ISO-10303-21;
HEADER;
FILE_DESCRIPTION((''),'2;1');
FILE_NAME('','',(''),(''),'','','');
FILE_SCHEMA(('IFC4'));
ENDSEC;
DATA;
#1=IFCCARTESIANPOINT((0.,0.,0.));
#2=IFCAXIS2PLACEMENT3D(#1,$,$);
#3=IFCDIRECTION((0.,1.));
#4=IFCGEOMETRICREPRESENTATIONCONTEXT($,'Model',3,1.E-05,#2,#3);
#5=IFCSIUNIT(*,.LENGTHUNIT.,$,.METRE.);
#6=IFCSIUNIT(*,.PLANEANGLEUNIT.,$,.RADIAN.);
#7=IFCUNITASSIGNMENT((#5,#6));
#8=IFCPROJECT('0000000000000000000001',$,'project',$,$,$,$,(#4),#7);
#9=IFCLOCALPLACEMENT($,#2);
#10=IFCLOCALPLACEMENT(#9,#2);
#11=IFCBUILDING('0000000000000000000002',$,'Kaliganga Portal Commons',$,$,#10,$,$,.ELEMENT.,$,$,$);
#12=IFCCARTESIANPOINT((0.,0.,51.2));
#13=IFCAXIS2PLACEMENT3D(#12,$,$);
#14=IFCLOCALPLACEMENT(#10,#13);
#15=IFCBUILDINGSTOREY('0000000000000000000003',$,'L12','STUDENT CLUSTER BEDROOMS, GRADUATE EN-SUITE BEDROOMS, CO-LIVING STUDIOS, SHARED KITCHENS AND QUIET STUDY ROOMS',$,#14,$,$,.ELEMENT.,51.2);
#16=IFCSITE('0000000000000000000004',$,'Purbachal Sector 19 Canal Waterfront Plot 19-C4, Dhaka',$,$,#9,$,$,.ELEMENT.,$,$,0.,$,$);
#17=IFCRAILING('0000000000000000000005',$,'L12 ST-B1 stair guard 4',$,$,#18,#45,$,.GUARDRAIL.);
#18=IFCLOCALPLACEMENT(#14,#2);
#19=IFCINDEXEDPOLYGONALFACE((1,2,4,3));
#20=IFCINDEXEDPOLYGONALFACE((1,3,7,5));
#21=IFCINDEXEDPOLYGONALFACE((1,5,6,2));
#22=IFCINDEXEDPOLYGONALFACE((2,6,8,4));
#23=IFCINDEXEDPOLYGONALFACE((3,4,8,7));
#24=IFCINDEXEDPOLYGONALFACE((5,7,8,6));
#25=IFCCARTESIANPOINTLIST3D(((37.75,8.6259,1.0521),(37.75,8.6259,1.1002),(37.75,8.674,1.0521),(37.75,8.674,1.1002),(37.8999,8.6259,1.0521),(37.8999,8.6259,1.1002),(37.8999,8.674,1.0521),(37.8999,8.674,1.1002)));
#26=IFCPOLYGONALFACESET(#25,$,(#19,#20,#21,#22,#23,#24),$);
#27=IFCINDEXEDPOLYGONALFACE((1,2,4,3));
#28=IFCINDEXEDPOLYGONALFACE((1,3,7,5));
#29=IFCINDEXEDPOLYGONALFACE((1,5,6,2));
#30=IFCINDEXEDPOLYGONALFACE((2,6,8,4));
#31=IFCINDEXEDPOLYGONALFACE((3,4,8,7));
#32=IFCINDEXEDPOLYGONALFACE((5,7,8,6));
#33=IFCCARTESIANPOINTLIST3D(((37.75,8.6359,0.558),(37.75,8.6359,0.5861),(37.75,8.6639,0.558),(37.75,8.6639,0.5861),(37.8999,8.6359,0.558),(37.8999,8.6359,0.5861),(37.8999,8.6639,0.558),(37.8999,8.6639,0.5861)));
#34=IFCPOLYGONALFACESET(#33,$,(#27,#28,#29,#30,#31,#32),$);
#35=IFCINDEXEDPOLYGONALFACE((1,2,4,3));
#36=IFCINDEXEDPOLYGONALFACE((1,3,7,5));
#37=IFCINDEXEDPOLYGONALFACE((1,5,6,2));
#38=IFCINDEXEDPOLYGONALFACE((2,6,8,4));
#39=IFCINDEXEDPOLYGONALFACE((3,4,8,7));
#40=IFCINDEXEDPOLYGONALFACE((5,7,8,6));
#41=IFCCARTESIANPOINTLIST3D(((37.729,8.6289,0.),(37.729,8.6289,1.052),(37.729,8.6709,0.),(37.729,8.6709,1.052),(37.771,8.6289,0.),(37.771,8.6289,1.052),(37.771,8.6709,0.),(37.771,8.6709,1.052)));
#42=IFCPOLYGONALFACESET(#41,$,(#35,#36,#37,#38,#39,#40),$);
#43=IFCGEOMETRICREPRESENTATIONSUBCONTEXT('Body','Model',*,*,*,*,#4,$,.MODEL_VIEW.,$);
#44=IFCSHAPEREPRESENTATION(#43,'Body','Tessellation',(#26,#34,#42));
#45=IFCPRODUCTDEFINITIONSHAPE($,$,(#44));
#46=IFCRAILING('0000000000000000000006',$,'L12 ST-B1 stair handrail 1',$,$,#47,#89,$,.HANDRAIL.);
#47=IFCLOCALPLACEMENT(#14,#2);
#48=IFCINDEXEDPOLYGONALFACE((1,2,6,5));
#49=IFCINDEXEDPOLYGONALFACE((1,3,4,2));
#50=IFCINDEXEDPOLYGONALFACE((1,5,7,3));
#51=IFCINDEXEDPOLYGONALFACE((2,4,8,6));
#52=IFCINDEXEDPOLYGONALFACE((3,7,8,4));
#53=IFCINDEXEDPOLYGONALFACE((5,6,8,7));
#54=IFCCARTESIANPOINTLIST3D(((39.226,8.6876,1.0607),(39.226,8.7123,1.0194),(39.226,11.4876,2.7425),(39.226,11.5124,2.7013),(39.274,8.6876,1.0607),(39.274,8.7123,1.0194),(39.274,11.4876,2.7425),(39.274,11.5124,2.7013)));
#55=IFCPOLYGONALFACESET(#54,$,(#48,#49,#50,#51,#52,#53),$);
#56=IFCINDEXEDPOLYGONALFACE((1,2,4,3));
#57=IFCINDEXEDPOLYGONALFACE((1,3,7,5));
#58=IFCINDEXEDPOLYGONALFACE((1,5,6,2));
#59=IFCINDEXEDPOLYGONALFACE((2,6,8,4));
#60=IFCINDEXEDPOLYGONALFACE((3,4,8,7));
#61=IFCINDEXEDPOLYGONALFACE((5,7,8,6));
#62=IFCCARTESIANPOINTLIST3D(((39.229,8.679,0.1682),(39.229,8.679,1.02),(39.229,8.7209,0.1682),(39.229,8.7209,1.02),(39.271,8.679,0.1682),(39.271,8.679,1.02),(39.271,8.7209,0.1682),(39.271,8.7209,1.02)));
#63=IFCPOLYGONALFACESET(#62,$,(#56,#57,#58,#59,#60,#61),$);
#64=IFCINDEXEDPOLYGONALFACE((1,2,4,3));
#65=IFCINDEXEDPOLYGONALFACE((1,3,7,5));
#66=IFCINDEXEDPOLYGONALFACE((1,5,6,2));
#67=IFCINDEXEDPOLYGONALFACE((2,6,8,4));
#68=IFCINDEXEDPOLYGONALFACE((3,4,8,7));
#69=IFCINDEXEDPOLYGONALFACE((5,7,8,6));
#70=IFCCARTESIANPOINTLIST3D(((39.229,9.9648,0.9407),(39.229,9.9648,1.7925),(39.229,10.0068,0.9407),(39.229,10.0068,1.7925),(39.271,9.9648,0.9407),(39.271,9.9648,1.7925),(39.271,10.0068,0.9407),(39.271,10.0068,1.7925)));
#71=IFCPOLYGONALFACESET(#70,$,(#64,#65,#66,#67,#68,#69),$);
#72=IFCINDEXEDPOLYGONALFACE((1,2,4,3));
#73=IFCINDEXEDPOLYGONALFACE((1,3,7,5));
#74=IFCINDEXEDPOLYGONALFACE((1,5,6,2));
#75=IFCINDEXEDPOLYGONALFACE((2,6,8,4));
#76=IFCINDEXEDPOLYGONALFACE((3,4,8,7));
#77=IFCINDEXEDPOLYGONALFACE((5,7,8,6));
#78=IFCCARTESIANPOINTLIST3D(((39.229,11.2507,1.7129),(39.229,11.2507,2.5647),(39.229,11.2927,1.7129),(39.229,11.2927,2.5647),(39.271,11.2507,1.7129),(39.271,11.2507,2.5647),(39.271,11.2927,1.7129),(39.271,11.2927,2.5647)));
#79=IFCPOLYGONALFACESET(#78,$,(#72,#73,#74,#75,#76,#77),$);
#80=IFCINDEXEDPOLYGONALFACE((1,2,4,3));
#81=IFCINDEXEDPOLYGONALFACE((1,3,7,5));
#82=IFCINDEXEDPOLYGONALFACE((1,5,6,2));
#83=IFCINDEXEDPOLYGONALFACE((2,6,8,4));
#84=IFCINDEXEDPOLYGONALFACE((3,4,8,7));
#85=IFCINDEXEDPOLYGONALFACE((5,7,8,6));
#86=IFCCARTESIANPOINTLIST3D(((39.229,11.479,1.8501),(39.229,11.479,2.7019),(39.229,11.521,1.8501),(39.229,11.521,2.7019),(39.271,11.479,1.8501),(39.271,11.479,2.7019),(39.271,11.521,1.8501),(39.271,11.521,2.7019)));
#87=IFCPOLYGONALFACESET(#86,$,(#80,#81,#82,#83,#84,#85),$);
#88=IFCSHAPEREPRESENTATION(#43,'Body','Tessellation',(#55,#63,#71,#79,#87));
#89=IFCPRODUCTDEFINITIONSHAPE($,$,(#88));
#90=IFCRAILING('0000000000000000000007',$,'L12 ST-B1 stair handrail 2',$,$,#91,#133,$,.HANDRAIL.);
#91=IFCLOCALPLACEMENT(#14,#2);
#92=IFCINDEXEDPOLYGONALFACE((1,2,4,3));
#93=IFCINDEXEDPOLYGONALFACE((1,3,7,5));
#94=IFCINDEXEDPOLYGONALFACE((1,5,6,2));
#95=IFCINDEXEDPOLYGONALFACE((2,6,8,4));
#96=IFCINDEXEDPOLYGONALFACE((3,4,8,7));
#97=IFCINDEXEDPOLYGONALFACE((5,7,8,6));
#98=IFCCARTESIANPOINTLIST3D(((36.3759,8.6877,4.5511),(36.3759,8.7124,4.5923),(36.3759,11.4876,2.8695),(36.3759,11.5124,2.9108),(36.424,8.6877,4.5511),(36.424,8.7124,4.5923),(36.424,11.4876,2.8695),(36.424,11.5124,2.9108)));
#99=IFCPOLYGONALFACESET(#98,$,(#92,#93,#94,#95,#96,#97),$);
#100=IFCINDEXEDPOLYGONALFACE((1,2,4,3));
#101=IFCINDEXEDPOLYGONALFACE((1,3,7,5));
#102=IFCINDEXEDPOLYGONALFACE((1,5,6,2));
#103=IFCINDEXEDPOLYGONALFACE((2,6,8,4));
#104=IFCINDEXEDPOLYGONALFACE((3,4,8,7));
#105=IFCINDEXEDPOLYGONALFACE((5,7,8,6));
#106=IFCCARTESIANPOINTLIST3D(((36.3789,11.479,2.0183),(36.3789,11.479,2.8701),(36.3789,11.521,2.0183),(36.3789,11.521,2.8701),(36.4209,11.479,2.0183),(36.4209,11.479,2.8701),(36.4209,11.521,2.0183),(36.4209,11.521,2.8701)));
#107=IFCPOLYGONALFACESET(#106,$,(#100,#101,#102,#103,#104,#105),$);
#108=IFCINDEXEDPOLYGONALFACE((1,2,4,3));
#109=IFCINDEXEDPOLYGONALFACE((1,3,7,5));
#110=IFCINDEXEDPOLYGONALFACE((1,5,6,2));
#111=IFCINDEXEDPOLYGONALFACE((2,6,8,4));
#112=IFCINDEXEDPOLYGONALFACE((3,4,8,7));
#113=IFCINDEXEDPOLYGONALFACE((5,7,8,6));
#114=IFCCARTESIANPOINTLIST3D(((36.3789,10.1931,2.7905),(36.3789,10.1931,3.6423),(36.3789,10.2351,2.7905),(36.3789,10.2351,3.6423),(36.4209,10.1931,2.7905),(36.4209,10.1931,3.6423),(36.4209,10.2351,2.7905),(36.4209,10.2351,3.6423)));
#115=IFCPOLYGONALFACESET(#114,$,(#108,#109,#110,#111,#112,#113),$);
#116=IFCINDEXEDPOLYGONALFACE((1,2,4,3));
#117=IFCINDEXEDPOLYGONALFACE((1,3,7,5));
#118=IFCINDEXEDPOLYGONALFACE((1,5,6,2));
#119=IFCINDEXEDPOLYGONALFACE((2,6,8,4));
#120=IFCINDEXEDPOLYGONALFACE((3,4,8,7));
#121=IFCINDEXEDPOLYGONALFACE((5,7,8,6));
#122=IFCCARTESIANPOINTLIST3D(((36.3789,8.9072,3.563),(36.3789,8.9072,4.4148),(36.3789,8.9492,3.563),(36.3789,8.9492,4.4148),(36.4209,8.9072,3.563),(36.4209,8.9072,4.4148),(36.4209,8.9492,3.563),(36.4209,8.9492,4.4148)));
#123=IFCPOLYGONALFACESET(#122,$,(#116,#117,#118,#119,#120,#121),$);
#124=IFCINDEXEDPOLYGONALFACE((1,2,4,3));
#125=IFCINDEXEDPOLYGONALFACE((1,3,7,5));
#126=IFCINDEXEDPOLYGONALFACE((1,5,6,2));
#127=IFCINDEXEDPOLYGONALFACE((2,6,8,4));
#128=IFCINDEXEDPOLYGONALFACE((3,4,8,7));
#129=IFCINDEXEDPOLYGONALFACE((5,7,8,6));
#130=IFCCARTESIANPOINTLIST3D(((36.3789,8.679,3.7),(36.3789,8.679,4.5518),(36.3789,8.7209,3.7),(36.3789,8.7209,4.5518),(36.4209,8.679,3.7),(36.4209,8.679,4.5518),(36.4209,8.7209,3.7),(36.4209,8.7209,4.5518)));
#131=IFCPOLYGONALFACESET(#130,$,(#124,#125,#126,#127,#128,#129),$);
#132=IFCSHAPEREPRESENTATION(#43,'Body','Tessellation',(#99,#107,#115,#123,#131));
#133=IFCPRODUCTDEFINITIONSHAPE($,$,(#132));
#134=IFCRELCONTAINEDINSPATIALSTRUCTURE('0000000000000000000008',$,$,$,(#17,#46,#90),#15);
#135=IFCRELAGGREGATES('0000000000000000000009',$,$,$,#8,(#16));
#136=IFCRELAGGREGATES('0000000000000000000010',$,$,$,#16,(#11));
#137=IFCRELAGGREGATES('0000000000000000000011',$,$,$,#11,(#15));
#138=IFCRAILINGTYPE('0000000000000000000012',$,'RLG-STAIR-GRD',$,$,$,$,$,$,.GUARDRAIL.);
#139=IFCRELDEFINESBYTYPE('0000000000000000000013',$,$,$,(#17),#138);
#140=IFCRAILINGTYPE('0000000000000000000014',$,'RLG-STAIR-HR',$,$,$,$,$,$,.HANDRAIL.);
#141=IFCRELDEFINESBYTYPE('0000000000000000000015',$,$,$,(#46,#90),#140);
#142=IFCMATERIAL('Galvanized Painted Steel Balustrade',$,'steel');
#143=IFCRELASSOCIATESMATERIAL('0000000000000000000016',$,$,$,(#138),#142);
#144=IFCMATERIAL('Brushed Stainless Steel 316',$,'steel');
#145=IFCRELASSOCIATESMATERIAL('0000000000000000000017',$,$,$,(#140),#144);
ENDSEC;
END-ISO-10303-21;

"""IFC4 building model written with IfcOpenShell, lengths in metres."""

from ifc_helpers import new_model, si_unit, direction, frame, origin, origin_2d, place, context, subcontext, project, spatial, rectangle, extrude, material, type_object, element, save


model = new_model("IFC4")

# Units and contexts
model_context = context("Model", 3, precision=1e-05, world=origin(), true_north=direction((0.0, 1.0)))
body_context = subcontext(model_context, "Body", "Model", "MODEL_VIEW")
ifc_project = project(units=[si_unit("LENGTHUNIT", "METRE"), si_unit("PLANEANGLEUNIT", "RADIAN")], contexts=[model_context])

# Site, building, storey
site_placement = place(None, origin())
site = spatial("IfcSite", under=ifc_project, at=site_placement, Name="Purbachal Sector 19 Canal Waterfront Plot 19-C4, Dhaka", CompositionType="ELEMENT", RefElevation=0.0)
building_placement = place(site_placement, origin())
building = spatial("IfcBuilding", under=site, at=building_placement, Name="Kaliganga Portal Commons", CompositionType="ELEMENT")
storey_placement = place(building_placement, frame((0.0, 0.0, 51.2)))
storey = spatial("IfcBuildingStorey", under=building, at=storey_placement, Name="L12", Description="STUDENT CLUSTER BEDROOMS, GRADUATE EN-SUITE BEDROOMS, CO-LIVING STUDIOS, SHARED KITCHENS AND QUIET STUDY ROOMS", CompositionType="ELEMENT", Elevation=51.2)

# Railings
ifc_material_1 = material(Name="Galvanized Painted Steel Balustrade", Category="steel")
railing_type_1 = type_object("IfcRailingType", Name="RLG-STAIR-GRD", PredefinedType="GUARDRAIL", material=ifc_material_1)
railing_1_placement = place(storey_placement, frame((37.8999, 8.6499, 0.0)))
element("IfcRailing", 1, at=railing_1_placement, inside=storey, type_object=railing_type_1, Name="L12 ST-B1 stair guard 4", PredefinedType="GUARDRAIL", context=body_context, shape_type="SweptSolid", body=[
    extrude(rectangle(XDim=0.0481, YDim=0.0481, at=origin_2d()), frame((0.0, 0.0, 1.0762), z_axis=(-1.0, 0.0, 0.0), x_axis=(0.0, -1.0, 0.0)), (0.0, 0.0, 1.0), 0.1499),
    extrude(rectangle(XDim=0.0281, YDim=0.0281, at=origin_2d()), frame((0.0, 0.0, 0.572), z_axis=(-1.0, 0.0, 0.0), x_axis=(0.0, -1.0, 0.0)), (0.0, 0.0, 1.0), 0.1499),
    extrude(rectangle(XDim=0.042, YDim=0.042, at=origin_2d()), frame((-0.1499, 0.0, 0.0)), (0.0, 0.0, 1.0), 1.052),
])
ifc_material_2 = material(Name="Brushed Stainless Steel 316", Category="steel")
railing_type_2 = type_object("IfcRailingType", Name="RLG-STAIR-HR", PredefinedType="HANDRAIL", material=ifc_material_2)
railing_2_placement = place(storey_placement, frame((39.25, 8.7, 0.1682)))
element("IfcRailing", 2, at=railing_2_placement, inside=storey, type_object=railing_type_2, Name="L12 ST-B1 stair handrail 1", PredefinedType="HANDRAIL", context=body_context, shape_type="SweptSolid", body=[
    extrude(rectangle(XDim=0.0481, YDim=0.0481, at=origin_2d()), frame((0.0, 0.0, 0.8718), z_axis=(0.0, 0.857242, 0.514913), x_axis=(-1.0, 0.0, 0.0)), (0.0, 0.0, 1.0), 3.2664),
    extrude(rectangle(XDim=0.042, YDim=0.042, at=origin_2d()), origin(), (0.0, 0.0, 1.0), 0.8518),
    extrude(rectangle(XDim=0.042, YDim=0.042, at=origin_2d()), frame((0.0, 1.2859, 0.7725)), (0.0, 0.0, 1.0), 0.8518),
    extrude(rectangle(XDim=0.042, YDim=0.042, at=origin_2d()), frame((0.0, 2.5718, 1.5447)), (0.0, 0.0, 1.0), 0.8518),
    extrude(rectangle(XDim=0.042, YDim=0.042, at=origin_2d()), frame((0.0, 2.8, 1.6819)), (0.0, 0.0, 1.0), 0.8518),
])
railing_3_placement = place(storey_placement, frame((36.3999, 11.5, 2.0183)))
element("IfcRailing", 3, at=railing_3_placement, inside=storey, type_object=railing_type_2, Name="L12 ST-B1 stair handrail 2", PredefinedType="HANDRAIL", context=body_context, shape_type="SweptSolid", body=[
    extrude(rectangle(XDim=0.0481, YDim=0.0481, at=origin_2d()), frame((0.0, 0.0, 0.8718), z_axis=(0.0, -0.857275, 0.514858), x_axis=(1.0, 0.0, 0.0)), (0.0, 0.0, 1.0), 3.2661),
    extrude(rectangle(XDim=0.042, YDim=0.042, at=origin_2d()), origin(), (0.0, 0.0, 1.0), 0.8518),
    extrude(rectangle(XDim=0.042, YDim=0.042, at=origin_2d()), frame((0.0, -1.2859, 0.7722)), (0.0, 0.0, 1.0), 0.8518),
    extrude(rectangle(XDim=0.042, YDim=0.042, at=origin_2d()), frame((0.0, -2.5718, 1.5447)), (0.0, 0.0, 1.0), 0.8518),
    extrude(rectangle(XDim=0.042, YDim=0.042, at=origin_2d()), frame((0.0, -2.8, 1.6816)), (0.0, 0.0, 1.0), 0.8518),
])

save(model, "model.ifc")
